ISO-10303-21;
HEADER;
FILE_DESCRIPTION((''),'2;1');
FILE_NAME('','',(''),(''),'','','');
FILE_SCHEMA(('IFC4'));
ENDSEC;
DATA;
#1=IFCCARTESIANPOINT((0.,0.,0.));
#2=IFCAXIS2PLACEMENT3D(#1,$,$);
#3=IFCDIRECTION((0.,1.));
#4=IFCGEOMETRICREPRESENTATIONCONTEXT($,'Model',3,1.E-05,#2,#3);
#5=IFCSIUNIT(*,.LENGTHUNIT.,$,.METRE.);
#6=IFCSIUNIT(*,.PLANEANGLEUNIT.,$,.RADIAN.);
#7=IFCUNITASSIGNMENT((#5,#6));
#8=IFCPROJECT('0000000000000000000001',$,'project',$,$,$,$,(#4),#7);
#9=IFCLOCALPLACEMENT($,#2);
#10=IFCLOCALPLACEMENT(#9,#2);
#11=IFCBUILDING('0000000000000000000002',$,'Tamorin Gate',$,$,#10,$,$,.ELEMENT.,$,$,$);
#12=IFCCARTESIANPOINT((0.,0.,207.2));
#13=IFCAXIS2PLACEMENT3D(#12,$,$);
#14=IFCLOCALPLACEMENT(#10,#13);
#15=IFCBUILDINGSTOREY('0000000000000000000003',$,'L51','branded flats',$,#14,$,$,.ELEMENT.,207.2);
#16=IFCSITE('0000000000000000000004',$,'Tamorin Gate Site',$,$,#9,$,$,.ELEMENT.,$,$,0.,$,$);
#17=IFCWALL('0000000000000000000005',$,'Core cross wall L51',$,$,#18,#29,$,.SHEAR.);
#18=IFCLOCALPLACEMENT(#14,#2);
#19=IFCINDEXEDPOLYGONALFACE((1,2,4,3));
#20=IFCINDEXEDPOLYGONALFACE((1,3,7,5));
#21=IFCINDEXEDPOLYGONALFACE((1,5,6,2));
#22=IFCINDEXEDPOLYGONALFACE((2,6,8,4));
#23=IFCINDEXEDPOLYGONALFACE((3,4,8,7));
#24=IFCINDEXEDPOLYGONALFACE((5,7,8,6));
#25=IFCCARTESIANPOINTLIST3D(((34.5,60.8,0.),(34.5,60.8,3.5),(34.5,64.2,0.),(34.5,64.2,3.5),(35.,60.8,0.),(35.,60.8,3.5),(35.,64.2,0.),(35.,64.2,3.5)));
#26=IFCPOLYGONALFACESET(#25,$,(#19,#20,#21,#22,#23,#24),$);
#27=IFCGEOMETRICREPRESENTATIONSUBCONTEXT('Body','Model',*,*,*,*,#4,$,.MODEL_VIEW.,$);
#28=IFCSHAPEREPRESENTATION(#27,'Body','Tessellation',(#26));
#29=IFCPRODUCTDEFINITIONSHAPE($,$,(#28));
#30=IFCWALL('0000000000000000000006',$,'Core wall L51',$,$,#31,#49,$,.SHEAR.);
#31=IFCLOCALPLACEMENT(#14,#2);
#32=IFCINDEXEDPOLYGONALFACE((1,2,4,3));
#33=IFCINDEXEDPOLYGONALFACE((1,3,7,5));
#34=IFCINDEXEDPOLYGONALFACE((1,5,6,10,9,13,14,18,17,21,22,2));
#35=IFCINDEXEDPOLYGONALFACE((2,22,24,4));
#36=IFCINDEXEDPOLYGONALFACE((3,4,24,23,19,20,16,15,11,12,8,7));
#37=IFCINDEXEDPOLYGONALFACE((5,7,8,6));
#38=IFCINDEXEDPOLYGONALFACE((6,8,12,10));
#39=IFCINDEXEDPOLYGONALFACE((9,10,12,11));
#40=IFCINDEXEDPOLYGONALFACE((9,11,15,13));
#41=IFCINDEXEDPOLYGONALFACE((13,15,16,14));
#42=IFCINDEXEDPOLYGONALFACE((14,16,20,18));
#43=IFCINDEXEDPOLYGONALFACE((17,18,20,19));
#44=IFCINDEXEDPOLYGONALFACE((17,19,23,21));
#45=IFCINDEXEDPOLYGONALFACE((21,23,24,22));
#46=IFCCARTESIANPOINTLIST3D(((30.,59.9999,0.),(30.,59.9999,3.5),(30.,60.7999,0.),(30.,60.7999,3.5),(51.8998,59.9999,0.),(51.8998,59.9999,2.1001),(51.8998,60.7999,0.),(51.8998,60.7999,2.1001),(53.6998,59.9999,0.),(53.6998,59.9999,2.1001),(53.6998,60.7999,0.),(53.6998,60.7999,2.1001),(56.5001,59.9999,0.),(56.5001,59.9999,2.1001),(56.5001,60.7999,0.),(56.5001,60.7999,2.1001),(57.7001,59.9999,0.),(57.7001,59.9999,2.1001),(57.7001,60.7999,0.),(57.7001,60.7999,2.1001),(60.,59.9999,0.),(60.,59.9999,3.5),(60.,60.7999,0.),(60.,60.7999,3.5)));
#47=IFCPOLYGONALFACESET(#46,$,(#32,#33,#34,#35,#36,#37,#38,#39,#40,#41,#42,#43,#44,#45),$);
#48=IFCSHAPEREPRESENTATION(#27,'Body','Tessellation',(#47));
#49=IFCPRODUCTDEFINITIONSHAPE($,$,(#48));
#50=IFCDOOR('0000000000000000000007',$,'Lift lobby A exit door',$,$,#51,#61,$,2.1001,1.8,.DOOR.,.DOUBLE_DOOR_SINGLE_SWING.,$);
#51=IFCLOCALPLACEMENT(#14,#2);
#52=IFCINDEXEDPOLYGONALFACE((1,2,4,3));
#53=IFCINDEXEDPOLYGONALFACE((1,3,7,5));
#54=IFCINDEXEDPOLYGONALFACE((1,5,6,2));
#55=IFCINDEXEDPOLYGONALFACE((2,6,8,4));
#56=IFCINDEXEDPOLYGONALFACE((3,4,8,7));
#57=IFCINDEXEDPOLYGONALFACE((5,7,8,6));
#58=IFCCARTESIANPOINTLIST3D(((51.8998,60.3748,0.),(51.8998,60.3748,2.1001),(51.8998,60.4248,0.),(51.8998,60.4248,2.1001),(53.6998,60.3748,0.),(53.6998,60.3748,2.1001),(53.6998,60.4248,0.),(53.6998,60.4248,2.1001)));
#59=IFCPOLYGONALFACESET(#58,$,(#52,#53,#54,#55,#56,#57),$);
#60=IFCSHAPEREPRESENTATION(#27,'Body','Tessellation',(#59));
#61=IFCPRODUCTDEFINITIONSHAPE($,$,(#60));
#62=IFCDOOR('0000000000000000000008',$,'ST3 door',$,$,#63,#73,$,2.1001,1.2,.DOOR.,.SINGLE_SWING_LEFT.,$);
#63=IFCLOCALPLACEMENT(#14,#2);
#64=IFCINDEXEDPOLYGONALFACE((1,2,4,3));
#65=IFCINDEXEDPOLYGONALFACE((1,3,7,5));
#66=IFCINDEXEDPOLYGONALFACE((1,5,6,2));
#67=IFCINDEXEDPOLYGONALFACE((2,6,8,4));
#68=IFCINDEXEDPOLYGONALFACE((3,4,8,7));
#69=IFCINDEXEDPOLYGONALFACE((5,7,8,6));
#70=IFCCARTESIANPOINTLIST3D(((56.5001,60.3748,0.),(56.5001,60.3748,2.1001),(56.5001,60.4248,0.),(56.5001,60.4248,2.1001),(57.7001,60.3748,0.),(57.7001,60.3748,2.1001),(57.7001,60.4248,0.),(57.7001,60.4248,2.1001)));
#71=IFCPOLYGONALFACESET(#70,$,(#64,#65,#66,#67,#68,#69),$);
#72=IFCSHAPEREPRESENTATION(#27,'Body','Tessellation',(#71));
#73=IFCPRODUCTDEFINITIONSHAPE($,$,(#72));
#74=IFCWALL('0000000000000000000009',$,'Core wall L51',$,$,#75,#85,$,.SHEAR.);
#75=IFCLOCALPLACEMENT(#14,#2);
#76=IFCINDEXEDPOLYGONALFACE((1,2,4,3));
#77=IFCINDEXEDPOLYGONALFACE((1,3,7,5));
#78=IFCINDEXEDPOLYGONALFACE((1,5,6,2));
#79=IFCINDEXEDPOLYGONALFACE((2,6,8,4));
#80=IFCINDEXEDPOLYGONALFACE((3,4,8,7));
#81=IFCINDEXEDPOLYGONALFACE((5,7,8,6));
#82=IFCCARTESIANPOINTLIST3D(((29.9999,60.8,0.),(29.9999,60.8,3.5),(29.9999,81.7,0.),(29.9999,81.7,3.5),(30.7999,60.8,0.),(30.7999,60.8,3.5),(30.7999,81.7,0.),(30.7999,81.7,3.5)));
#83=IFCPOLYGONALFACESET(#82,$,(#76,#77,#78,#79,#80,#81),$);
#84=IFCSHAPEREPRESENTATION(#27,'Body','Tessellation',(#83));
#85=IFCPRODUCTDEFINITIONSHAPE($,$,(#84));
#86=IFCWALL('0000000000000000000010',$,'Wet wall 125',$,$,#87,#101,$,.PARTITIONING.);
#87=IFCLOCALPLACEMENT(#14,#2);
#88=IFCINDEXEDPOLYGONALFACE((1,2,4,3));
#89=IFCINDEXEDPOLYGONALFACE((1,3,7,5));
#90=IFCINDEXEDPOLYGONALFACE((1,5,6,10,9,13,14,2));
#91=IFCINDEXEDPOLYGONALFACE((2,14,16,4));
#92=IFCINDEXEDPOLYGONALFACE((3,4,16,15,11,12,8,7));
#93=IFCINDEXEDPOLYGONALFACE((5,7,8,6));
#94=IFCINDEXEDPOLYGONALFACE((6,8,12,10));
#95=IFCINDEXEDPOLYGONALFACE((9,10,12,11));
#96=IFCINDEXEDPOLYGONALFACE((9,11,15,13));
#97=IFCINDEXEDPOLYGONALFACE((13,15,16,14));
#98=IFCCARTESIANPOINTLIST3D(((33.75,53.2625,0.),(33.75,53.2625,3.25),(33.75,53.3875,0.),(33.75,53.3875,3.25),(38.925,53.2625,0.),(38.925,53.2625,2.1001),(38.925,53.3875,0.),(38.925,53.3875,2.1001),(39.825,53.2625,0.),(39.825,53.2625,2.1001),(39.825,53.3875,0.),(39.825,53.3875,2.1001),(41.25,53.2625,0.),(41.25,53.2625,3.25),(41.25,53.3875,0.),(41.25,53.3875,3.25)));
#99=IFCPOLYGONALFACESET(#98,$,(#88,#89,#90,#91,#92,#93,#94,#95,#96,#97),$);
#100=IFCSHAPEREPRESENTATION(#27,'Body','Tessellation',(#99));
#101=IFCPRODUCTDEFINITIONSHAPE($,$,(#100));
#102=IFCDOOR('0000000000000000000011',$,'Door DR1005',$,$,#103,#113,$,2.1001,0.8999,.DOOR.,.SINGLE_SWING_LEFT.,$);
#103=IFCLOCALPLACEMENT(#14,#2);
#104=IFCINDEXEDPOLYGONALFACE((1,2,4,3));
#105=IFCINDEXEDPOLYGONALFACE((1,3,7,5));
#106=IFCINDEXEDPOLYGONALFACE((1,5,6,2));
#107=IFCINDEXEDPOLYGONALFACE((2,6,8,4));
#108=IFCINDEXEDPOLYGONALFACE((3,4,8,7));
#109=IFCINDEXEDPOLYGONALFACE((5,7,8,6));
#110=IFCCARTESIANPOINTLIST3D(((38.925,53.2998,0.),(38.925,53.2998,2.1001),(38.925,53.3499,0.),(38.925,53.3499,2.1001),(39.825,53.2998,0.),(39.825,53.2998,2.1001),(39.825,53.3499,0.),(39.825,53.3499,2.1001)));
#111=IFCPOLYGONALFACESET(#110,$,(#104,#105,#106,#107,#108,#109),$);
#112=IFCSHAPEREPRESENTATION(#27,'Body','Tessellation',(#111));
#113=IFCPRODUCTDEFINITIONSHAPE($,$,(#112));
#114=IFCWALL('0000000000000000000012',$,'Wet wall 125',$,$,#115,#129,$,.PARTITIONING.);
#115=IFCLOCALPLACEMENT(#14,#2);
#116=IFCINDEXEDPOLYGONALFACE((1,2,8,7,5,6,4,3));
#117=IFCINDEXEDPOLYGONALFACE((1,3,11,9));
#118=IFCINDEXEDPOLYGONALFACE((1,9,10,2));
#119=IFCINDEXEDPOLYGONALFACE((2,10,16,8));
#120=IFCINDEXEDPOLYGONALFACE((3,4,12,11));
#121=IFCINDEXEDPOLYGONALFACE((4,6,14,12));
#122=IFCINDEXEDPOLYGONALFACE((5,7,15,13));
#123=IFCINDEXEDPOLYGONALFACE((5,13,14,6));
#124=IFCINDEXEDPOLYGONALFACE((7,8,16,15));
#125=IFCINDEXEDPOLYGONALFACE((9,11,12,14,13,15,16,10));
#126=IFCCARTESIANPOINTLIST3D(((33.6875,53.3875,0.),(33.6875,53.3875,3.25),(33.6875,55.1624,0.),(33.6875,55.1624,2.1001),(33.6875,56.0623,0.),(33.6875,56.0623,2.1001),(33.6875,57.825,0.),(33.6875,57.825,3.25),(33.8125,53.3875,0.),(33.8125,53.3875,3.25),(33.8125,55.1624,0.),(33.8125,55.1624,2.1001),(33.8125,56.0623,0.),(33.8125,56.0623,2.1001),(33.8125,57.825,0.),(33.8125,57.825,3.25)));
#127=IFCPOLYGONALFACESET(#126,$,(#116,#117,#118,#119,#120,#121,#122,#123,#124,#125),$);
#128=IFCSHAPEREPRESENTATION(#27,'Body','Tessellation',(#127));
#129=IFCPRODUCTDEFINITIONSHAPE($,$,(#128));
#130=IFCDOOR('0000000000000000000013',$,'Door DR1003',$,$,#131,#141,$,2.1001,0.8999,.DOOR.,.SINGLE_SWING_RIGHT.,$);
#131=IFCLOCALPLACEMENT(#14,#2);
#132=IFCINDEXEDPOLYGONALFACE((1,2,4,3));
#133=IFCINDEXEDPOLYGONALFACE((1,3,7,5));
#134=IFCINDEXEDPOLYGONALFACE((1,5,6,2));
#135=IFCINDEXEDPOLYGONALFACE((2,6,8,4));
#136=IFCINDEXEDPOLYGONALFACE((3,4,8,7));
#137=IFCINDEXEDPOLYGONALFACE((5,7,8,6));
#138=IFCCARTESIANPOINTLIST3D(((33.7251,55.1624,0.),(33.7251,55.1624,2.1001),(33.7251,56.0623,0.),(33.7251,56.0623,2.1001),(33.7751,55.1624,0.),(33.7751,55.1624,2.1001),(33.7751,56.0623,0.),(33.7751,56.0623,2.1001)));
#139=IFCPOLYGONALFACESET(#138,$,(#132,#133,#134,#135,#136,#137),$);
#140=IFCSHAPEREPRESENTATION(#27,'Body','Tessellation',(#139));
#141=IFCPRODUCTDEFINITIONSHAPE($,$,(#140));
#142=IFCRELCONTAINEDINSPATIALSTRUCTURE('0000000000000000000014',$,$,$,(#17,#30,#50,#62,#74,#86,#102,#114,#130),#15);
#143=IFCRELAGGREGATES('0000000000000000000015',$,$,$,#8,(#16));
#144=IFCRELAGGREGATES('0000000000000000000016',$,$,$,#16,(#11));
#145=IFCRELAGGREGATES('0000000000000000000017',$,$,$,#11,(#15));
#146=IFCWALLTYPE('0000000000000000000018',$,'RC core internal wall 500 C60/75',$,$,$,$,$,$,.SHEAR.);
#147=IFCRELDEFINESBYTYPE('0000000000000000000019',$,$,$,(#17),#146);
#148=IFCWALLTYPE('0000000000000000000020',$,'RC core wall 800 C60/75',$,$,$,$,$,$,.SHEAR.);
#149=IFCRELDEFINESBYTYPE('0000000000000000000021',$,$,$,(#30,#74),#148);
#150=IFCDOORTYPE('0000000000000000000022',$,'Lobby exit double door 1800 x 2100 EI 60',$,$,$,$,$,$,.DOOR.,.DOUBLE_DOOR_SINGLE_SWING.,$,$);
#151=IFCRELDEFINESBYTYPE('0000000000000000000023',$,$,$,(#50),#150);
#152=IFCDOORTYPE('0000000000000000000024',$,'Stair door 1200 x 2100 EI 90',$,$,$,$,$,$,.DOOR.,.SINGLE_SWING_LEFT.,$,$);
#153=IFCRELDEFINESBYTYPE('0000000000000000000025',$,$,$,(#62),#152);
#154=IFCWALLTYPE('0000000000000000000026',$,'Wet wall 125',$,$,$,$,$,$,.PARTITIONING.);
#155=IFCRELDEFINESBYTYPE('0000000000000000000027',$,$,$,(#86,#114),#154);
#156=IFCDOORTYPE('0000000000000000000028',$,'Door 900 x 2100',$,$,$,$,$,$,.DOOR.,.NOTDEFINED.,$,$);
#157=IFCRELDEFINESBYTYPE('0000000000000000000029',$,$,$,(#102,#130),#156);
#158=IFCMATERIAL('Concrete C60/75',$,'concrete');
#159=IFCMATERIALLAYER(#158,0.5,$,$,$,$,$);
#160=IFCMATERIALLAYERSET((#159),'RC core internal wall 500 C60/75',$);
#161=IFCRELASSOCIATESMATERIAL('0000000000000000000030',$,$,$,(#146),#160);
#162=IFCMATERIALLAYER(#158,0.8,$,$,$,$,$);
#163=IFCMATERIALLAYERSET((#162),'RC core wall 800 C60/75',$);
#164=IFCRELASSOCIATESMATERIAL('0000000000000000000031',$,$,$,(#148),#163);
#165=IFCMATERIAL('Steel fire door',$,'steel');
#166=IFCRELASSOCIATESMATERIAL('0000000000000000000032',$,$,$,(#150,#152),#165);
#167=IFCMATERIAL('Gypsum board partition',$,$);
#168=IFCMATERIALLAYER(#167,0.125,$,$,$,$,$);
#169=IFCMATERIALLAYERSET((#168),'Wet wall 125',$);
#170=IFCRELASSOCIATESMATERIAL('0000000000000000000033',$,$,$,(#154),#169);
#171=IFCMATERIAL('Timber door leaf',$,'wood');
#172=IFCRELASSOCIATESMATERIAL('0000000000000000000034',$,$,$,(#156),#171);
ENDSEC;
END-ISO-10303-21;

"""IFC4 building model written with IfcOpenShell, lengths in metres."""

from ifc_helpers import new_model, si_unit, direction, frame, frame_2d, origin, place, context, subcontext, project, spatial, rectangle, extrude, material, layer, layer_set, type_object, element, fill, save


model = new_model("IFC4")

# Units and contexts
model_context = context("Model", 3, precision=1e-05, world=origin(), true_north=direction((0.0, 1.0)))
body_context = subcontext(model_context, "Body", "Model", "MODEL_VIEW")
ifc_project = project(units=[si_unit("LENGTHUNIT", "METRE"), si_unit("PLANEANGLEUNIT", "RADIAN")], contexts=[model_context])

# Site, building, storey
site_placement = place(None, origin())
site = spatial("IfcSite", under=ifc_project, at=site_placement, Name="Tamorin Gate Site", CompositionType="ELEMENT", RefElevation=0.0)
building_placement = place(site_placement, origin())
building = spatial("IfcBuilding", under=site, at=building_placement, Name="Tamorin Gate", CompositionType="ELEMENT")
storey_placement = place(building_placement, frame((0.0, 0.0, 207.2)))
storey = spatial("IfcBuildingStorey", under=building, at=storey_placement, Name="L51", Description="branded flats", CompositionType="ELEMENT", Elevation=207.2)

# Shared definitions
ifc_material_1 = material(Name="Concrete C60/75", Category="concrete")

# Shared definitions
ifc_material_2 = material(Name="Gypsum board partition")
ifc_material_3 = material(Name="Timber door leaf", Category="wood")

# Wall
ifc_layer_1 = layer(ifc_material_1, 0.5)
ifc_layer_set_1 = layer_set([ifc_layer_1], Name="RC core internal wall 500 C60/75")
wall_type_1 = type_object("IfcWallType", Name="RC core internal wall 500 C60/75", PredefinedType="SHEAR", material=ifc_layer_set_1)
wall_1_placement = place(storey_placement, frame((34.75, 60.8, 0.0), z_axis=(0.0, 0.0, 1.0), x_axis=(0.0, 1.0, 0.0)))
element("IfcWall", 1, at=wall_1_placement, inside=storey, type_object=wall_type_1, Name="Core cross wall L51", PredefinedType="SHEAR", context=body_context, shape_type="SweptSolid", body=[
    extrude(rectangle(XDim=3.3999, YDim=0.5, at=frame_2d((1.7, 0.0))), origin(), (0.0, 0.0, 1.0), 3.5),
])

# Wall, openings, doors
ifc_layer_2 = layer(ifc_material_1, 0.8)
ifc_layer_set_2 = layer_set([ifc_layer_2], Name="RC core wall 800 C60/75")
wall_type_2 = type_object("IfcWallType", Name="RC core wall 800 C60/75", PredefinedType="SHEAR", material=ifc_layer_set_2)
wall_2_placement = place(storey_placement, frame((30.0, 60.3999, 0.0), z_axis=(0.0, 0.0, 1.0), x_axis=(1.0, 0.0, 0.0)))
wall_2 = element("IfcWall", 2, at=wall_2_placement, inside=storey, type_object=wall_type_2, Name="Core wall L51", PredefinedType="SHEAR", context=body_context, shape_type="SweptSolid", body=[
    extrude(rectangle(XDim=30.0, YDim=0.8, at=frame_2d((15.0, 0.0))), origin(), (0.0, 0.0, 1.0), 3.5),
])
opening_1_placement = place(wall_2_placement, frame((21.8999, 0.0, 0.0)))
opening_1 = element("IfcOpeningElement", 3, at=opening_1_placement, cuts=wall_2, PredefinedType="OPENING", context=body_context, shape_type="SweptSolid", body=[
    extrude(rectangle(XDim=1.8, YDim=2.1001, at=frame_2d((0.8999, 1.05))), frame((0.0, 0.4099, 0.0), z_axis=(0.0, -1.0, 0.0), x_axis=(1.0, 0.0, 0.0)), (0.0, 0.0, 1.0), 0.8201),
])
opening_2_placement = place(wall_2_placement, frame((26.5, 0.0, 0.0)))
opening_2 = element("IfcOpeningElement", 4, at=opening_2_placement, cuts=wall_2, PredefinedType="OPENING", context=body_context, shape_type="SweptSolid", body=[
    extrude(rectangle(XDim=1.2, YDim=2.1001, at=frame_2d((0.6001, 1.05))), frame((0.0, 0.4099, 0.0), z_axis=(0.0, -1.0, 0.0), x_axis=(1.0, 0.0, 0.0)), (0.0, 0.0, 1.0), 0.8201),
])
ifc_material_4 = material(Name="Steel fire door", Category="steel")
door_type_1 = type_object("IfcDoorType", Name="Lobby exit double door 1800 x 2100 EI 60", OperationType="DOUBLE_DOOR_SINGLE_SWING", PredefinedType="DOOR", material=ifc_material_4)
door_1_placement = place(opening_1_placement, origin())
door_1 = element("IfcDoor", 5, at=door_1_placement, inside=storey, type_object=door_type_1, Name="Lift lobby A exit door", OperationType="DOUBLE_DOOR_SINGLE_SWING", OverallHeight=2.1001, OverallWidth=1.8, PredefinedType="DOOR", context=body_context, shape_type="SweptSolid", body=[
    extrude(rectangle(XDim=1.8, YDim=2.1001, at=frame_2d((0.8999, 1.05))), frame((0.0, 0.0249, 0.0), z_axis=(0.0, -1.0, 0.0), x_axis=(1.0, 0.0, 0.0)), (0.0, 0.0, 1.0), 0.05),
])
fill(opening_1, door_1)
door_type_2 = type_object("IfcDoorType", Name="Stair door 1200 x 2100 EI 90", OperationType="SINGLE_SWING_LEFT", PredefinedType="DOOR", material=ifc_material_4)
door_2_placement = place(opening_2_placement, origin())
door_2 = element("IfcDoor", 6, at=door_2_placement, inside=storey, type_object=door_type_2, Name="ST3 door", OperationType="SINGLE_SWING_LEFT", OverallHeight=2.1001, OverallWidth=1.2, PredefinedType="DOOR", context=body_context, shape_type="SweptSolid", body=[
    extrude(rectangle(XDim=1.2, YDim=2.1001, at=frame_2d((0.6001, 1.05))), frame((0.0, 0.0249, 0.0), z_axis=(0.0, -1.0, 0.0), x_axis=(1.0, 0.0, 0.0)), (0.0, 0.0, 1.0), 0.05),
])
fill(opening_2, door_2)

# Wall
wall_3_placement = place(storey_placement, frame((30.3999, 60.8, 0.0), z_axis=(0.0, 0.0, 1.0), x_axis=(0.0, 1.0, 0.0)))
element("IfcWall", 7, at=wall_3_placement, inside=storey, type_object=wall_type_2, Name="Core wall L51", PredefinedType="SHEAR", context=body_context, shape_type="SweptSolid", body=[
    extrude(rectangle(XDim=20.8999, YDim=0.8, at=frame_2d((10.45, 0.0))), origin(), (0.0, 0.0, 1.0), 3.5),
])

# Walls, openings, doors
ifc_layer_3 = layer(ifc_material_2, 0.125)
ifc_layer_set_3 = layer_set([ifc_layer_3], Name="Wet wall 125")
wall_type_3 = type_object("IfcWallType", Name="Wet wall 125", PredefinedType="PARTITIONING", material=ifc_layer_set_3)
wall_4_placement = place(storey_placement, frame((33.75, 53.325, 0.0), z_axis=(0.0, 0.0, 1.0), x_axis=(1.0, 0.0, 0.0)))
wall_4 = element("IfcWall", 8, at=wall_4_placement, inside=storey, type_object=wall_type_3, Name="Wet wall 125", PredefinedType="PARTITIONING", context=body_context, shape_type="SweptSolid", body=[
    extrude(rectangle(XDim=7.5, YDim=0.125, at=frame_2d((3.75, 0.0))), origin(), (0.0, 0.0, 1.0), 3.25),
])
opening_3_placement = place(wall_4_placement, frame((5.175, 0.0, 0.0)))
opening_3 = element("IfcOpeningElement", 9, at=opening_3_placement, cuts=wall_4, PredefinedType="OPENING", context=body_context, shape_type="SweptSolid", body=[
    extrude(rectangle(XDim=0.8999, YDim=2.1001, at=frame_2d((0.45, 1.05))), frame((0.0, 0.0725, 0.0), z_axis=(0.0, -1.0, 0.0), x_axis=(1.0, 0.0, 0.0)), (0.0, 0.0, 1.0), 0.145),
])
door_type_3 = type_object("IfcDoorType", Name="Door 900 x 2100", OperationType="NOTDEFINED", PredefinedType="DOOR", material=ifc_material_3)
door_3_placement = place(opening_3_placement, origin())
door_3 = element("IfcDoor", 10, at=door_3_placement, inside=storey, type_object=door_type_3, Name="Door DR1005", OperationType="SINGLE_SWING_LEFT", OverallHeight=2.1001, OverallWidth=0.8999, PredefinedType="DOOR", context=body_context, shape_type="SweptSolid", body=[
    extrude(rectangle(XDim=0.8999, YDim=2.1001, at=frame_2d((0.45, 1.05))), frame((0.0, 0.0249, 0.0), z_axis=(0.0, -1.0, 0.0), x_axis=(1.0, 0.0, 0.0)), (0.0, 0.0, 1.0), 0.05),
])
fill(opening_3, door_3)
wall_5_placement = place(storey_placement, frame((33.75, 53.3875, 0.0), z_axis=(0.0, 0.0, 1.0), x_axis=(0.0, 1.0, 0.0)))
wall_5 = element("IfcWall", 11, at=wall_5_placement, inside=storey, type_object=wall_type_3, Name="Wet wall 125", PredefinedType="PARTITIONING", context=body_context, shape_type="SweptSolid", body=[
    extrude(rectangle(XDim=4.4375, YDim=0.125, at=frame_2d((2.2188, 0.0))), origin(), (0.0, 0.0, 1.0), 3.25),
])
opening_4_placement = place(wall_5_placement, frame((1.7749, 0.0, 0.0)))
opening_4 = element("IfcOpeningElement", 12, at=opening_4_placement, cuts=wall_5, PredefinedType="OPENING", context=body_context, shape_type="SweptSolid", body=[
    extrude(rectangle(XDim=0.8999, YDim=2.1001, at=frame_2d((0.45, 1.05))), frame((0.0, 0.0725, 0.0), z_axis=(0.0, -1.0, 0.0), x_axis=(1.0, 0.0, 0.0)), (0.0, 0.0, 1.0), 0.145),
])
door_4_placement = place(opening_4_placement, origin())
door_4 = element("IfcDoor", 13, at=door_4_placement, inside=storey, type_object=door_type_3, Name="Door DR1003", OperationType="SINGLE_SWING_RIGHT", OverallHeight=2.1001, OverallWidth=0.8999, PredefinedType="DOOR", context=body_context, shape_type="SweptSolid", body=[
    extrude(rectangle(XDim=0.8999, YDim=2.1001, at=frame_2d((0.45, 1.05))), frame((0.0, 0.0249, 0.0), z_axis=(0.0, -1.0, 0.0), x_axis=(1.0, 0.0, 0.0)), (0.0, 0.0, 1.0), 0.05),
])
fill(opening_4, door_4)

save(model, "model.ifc")
